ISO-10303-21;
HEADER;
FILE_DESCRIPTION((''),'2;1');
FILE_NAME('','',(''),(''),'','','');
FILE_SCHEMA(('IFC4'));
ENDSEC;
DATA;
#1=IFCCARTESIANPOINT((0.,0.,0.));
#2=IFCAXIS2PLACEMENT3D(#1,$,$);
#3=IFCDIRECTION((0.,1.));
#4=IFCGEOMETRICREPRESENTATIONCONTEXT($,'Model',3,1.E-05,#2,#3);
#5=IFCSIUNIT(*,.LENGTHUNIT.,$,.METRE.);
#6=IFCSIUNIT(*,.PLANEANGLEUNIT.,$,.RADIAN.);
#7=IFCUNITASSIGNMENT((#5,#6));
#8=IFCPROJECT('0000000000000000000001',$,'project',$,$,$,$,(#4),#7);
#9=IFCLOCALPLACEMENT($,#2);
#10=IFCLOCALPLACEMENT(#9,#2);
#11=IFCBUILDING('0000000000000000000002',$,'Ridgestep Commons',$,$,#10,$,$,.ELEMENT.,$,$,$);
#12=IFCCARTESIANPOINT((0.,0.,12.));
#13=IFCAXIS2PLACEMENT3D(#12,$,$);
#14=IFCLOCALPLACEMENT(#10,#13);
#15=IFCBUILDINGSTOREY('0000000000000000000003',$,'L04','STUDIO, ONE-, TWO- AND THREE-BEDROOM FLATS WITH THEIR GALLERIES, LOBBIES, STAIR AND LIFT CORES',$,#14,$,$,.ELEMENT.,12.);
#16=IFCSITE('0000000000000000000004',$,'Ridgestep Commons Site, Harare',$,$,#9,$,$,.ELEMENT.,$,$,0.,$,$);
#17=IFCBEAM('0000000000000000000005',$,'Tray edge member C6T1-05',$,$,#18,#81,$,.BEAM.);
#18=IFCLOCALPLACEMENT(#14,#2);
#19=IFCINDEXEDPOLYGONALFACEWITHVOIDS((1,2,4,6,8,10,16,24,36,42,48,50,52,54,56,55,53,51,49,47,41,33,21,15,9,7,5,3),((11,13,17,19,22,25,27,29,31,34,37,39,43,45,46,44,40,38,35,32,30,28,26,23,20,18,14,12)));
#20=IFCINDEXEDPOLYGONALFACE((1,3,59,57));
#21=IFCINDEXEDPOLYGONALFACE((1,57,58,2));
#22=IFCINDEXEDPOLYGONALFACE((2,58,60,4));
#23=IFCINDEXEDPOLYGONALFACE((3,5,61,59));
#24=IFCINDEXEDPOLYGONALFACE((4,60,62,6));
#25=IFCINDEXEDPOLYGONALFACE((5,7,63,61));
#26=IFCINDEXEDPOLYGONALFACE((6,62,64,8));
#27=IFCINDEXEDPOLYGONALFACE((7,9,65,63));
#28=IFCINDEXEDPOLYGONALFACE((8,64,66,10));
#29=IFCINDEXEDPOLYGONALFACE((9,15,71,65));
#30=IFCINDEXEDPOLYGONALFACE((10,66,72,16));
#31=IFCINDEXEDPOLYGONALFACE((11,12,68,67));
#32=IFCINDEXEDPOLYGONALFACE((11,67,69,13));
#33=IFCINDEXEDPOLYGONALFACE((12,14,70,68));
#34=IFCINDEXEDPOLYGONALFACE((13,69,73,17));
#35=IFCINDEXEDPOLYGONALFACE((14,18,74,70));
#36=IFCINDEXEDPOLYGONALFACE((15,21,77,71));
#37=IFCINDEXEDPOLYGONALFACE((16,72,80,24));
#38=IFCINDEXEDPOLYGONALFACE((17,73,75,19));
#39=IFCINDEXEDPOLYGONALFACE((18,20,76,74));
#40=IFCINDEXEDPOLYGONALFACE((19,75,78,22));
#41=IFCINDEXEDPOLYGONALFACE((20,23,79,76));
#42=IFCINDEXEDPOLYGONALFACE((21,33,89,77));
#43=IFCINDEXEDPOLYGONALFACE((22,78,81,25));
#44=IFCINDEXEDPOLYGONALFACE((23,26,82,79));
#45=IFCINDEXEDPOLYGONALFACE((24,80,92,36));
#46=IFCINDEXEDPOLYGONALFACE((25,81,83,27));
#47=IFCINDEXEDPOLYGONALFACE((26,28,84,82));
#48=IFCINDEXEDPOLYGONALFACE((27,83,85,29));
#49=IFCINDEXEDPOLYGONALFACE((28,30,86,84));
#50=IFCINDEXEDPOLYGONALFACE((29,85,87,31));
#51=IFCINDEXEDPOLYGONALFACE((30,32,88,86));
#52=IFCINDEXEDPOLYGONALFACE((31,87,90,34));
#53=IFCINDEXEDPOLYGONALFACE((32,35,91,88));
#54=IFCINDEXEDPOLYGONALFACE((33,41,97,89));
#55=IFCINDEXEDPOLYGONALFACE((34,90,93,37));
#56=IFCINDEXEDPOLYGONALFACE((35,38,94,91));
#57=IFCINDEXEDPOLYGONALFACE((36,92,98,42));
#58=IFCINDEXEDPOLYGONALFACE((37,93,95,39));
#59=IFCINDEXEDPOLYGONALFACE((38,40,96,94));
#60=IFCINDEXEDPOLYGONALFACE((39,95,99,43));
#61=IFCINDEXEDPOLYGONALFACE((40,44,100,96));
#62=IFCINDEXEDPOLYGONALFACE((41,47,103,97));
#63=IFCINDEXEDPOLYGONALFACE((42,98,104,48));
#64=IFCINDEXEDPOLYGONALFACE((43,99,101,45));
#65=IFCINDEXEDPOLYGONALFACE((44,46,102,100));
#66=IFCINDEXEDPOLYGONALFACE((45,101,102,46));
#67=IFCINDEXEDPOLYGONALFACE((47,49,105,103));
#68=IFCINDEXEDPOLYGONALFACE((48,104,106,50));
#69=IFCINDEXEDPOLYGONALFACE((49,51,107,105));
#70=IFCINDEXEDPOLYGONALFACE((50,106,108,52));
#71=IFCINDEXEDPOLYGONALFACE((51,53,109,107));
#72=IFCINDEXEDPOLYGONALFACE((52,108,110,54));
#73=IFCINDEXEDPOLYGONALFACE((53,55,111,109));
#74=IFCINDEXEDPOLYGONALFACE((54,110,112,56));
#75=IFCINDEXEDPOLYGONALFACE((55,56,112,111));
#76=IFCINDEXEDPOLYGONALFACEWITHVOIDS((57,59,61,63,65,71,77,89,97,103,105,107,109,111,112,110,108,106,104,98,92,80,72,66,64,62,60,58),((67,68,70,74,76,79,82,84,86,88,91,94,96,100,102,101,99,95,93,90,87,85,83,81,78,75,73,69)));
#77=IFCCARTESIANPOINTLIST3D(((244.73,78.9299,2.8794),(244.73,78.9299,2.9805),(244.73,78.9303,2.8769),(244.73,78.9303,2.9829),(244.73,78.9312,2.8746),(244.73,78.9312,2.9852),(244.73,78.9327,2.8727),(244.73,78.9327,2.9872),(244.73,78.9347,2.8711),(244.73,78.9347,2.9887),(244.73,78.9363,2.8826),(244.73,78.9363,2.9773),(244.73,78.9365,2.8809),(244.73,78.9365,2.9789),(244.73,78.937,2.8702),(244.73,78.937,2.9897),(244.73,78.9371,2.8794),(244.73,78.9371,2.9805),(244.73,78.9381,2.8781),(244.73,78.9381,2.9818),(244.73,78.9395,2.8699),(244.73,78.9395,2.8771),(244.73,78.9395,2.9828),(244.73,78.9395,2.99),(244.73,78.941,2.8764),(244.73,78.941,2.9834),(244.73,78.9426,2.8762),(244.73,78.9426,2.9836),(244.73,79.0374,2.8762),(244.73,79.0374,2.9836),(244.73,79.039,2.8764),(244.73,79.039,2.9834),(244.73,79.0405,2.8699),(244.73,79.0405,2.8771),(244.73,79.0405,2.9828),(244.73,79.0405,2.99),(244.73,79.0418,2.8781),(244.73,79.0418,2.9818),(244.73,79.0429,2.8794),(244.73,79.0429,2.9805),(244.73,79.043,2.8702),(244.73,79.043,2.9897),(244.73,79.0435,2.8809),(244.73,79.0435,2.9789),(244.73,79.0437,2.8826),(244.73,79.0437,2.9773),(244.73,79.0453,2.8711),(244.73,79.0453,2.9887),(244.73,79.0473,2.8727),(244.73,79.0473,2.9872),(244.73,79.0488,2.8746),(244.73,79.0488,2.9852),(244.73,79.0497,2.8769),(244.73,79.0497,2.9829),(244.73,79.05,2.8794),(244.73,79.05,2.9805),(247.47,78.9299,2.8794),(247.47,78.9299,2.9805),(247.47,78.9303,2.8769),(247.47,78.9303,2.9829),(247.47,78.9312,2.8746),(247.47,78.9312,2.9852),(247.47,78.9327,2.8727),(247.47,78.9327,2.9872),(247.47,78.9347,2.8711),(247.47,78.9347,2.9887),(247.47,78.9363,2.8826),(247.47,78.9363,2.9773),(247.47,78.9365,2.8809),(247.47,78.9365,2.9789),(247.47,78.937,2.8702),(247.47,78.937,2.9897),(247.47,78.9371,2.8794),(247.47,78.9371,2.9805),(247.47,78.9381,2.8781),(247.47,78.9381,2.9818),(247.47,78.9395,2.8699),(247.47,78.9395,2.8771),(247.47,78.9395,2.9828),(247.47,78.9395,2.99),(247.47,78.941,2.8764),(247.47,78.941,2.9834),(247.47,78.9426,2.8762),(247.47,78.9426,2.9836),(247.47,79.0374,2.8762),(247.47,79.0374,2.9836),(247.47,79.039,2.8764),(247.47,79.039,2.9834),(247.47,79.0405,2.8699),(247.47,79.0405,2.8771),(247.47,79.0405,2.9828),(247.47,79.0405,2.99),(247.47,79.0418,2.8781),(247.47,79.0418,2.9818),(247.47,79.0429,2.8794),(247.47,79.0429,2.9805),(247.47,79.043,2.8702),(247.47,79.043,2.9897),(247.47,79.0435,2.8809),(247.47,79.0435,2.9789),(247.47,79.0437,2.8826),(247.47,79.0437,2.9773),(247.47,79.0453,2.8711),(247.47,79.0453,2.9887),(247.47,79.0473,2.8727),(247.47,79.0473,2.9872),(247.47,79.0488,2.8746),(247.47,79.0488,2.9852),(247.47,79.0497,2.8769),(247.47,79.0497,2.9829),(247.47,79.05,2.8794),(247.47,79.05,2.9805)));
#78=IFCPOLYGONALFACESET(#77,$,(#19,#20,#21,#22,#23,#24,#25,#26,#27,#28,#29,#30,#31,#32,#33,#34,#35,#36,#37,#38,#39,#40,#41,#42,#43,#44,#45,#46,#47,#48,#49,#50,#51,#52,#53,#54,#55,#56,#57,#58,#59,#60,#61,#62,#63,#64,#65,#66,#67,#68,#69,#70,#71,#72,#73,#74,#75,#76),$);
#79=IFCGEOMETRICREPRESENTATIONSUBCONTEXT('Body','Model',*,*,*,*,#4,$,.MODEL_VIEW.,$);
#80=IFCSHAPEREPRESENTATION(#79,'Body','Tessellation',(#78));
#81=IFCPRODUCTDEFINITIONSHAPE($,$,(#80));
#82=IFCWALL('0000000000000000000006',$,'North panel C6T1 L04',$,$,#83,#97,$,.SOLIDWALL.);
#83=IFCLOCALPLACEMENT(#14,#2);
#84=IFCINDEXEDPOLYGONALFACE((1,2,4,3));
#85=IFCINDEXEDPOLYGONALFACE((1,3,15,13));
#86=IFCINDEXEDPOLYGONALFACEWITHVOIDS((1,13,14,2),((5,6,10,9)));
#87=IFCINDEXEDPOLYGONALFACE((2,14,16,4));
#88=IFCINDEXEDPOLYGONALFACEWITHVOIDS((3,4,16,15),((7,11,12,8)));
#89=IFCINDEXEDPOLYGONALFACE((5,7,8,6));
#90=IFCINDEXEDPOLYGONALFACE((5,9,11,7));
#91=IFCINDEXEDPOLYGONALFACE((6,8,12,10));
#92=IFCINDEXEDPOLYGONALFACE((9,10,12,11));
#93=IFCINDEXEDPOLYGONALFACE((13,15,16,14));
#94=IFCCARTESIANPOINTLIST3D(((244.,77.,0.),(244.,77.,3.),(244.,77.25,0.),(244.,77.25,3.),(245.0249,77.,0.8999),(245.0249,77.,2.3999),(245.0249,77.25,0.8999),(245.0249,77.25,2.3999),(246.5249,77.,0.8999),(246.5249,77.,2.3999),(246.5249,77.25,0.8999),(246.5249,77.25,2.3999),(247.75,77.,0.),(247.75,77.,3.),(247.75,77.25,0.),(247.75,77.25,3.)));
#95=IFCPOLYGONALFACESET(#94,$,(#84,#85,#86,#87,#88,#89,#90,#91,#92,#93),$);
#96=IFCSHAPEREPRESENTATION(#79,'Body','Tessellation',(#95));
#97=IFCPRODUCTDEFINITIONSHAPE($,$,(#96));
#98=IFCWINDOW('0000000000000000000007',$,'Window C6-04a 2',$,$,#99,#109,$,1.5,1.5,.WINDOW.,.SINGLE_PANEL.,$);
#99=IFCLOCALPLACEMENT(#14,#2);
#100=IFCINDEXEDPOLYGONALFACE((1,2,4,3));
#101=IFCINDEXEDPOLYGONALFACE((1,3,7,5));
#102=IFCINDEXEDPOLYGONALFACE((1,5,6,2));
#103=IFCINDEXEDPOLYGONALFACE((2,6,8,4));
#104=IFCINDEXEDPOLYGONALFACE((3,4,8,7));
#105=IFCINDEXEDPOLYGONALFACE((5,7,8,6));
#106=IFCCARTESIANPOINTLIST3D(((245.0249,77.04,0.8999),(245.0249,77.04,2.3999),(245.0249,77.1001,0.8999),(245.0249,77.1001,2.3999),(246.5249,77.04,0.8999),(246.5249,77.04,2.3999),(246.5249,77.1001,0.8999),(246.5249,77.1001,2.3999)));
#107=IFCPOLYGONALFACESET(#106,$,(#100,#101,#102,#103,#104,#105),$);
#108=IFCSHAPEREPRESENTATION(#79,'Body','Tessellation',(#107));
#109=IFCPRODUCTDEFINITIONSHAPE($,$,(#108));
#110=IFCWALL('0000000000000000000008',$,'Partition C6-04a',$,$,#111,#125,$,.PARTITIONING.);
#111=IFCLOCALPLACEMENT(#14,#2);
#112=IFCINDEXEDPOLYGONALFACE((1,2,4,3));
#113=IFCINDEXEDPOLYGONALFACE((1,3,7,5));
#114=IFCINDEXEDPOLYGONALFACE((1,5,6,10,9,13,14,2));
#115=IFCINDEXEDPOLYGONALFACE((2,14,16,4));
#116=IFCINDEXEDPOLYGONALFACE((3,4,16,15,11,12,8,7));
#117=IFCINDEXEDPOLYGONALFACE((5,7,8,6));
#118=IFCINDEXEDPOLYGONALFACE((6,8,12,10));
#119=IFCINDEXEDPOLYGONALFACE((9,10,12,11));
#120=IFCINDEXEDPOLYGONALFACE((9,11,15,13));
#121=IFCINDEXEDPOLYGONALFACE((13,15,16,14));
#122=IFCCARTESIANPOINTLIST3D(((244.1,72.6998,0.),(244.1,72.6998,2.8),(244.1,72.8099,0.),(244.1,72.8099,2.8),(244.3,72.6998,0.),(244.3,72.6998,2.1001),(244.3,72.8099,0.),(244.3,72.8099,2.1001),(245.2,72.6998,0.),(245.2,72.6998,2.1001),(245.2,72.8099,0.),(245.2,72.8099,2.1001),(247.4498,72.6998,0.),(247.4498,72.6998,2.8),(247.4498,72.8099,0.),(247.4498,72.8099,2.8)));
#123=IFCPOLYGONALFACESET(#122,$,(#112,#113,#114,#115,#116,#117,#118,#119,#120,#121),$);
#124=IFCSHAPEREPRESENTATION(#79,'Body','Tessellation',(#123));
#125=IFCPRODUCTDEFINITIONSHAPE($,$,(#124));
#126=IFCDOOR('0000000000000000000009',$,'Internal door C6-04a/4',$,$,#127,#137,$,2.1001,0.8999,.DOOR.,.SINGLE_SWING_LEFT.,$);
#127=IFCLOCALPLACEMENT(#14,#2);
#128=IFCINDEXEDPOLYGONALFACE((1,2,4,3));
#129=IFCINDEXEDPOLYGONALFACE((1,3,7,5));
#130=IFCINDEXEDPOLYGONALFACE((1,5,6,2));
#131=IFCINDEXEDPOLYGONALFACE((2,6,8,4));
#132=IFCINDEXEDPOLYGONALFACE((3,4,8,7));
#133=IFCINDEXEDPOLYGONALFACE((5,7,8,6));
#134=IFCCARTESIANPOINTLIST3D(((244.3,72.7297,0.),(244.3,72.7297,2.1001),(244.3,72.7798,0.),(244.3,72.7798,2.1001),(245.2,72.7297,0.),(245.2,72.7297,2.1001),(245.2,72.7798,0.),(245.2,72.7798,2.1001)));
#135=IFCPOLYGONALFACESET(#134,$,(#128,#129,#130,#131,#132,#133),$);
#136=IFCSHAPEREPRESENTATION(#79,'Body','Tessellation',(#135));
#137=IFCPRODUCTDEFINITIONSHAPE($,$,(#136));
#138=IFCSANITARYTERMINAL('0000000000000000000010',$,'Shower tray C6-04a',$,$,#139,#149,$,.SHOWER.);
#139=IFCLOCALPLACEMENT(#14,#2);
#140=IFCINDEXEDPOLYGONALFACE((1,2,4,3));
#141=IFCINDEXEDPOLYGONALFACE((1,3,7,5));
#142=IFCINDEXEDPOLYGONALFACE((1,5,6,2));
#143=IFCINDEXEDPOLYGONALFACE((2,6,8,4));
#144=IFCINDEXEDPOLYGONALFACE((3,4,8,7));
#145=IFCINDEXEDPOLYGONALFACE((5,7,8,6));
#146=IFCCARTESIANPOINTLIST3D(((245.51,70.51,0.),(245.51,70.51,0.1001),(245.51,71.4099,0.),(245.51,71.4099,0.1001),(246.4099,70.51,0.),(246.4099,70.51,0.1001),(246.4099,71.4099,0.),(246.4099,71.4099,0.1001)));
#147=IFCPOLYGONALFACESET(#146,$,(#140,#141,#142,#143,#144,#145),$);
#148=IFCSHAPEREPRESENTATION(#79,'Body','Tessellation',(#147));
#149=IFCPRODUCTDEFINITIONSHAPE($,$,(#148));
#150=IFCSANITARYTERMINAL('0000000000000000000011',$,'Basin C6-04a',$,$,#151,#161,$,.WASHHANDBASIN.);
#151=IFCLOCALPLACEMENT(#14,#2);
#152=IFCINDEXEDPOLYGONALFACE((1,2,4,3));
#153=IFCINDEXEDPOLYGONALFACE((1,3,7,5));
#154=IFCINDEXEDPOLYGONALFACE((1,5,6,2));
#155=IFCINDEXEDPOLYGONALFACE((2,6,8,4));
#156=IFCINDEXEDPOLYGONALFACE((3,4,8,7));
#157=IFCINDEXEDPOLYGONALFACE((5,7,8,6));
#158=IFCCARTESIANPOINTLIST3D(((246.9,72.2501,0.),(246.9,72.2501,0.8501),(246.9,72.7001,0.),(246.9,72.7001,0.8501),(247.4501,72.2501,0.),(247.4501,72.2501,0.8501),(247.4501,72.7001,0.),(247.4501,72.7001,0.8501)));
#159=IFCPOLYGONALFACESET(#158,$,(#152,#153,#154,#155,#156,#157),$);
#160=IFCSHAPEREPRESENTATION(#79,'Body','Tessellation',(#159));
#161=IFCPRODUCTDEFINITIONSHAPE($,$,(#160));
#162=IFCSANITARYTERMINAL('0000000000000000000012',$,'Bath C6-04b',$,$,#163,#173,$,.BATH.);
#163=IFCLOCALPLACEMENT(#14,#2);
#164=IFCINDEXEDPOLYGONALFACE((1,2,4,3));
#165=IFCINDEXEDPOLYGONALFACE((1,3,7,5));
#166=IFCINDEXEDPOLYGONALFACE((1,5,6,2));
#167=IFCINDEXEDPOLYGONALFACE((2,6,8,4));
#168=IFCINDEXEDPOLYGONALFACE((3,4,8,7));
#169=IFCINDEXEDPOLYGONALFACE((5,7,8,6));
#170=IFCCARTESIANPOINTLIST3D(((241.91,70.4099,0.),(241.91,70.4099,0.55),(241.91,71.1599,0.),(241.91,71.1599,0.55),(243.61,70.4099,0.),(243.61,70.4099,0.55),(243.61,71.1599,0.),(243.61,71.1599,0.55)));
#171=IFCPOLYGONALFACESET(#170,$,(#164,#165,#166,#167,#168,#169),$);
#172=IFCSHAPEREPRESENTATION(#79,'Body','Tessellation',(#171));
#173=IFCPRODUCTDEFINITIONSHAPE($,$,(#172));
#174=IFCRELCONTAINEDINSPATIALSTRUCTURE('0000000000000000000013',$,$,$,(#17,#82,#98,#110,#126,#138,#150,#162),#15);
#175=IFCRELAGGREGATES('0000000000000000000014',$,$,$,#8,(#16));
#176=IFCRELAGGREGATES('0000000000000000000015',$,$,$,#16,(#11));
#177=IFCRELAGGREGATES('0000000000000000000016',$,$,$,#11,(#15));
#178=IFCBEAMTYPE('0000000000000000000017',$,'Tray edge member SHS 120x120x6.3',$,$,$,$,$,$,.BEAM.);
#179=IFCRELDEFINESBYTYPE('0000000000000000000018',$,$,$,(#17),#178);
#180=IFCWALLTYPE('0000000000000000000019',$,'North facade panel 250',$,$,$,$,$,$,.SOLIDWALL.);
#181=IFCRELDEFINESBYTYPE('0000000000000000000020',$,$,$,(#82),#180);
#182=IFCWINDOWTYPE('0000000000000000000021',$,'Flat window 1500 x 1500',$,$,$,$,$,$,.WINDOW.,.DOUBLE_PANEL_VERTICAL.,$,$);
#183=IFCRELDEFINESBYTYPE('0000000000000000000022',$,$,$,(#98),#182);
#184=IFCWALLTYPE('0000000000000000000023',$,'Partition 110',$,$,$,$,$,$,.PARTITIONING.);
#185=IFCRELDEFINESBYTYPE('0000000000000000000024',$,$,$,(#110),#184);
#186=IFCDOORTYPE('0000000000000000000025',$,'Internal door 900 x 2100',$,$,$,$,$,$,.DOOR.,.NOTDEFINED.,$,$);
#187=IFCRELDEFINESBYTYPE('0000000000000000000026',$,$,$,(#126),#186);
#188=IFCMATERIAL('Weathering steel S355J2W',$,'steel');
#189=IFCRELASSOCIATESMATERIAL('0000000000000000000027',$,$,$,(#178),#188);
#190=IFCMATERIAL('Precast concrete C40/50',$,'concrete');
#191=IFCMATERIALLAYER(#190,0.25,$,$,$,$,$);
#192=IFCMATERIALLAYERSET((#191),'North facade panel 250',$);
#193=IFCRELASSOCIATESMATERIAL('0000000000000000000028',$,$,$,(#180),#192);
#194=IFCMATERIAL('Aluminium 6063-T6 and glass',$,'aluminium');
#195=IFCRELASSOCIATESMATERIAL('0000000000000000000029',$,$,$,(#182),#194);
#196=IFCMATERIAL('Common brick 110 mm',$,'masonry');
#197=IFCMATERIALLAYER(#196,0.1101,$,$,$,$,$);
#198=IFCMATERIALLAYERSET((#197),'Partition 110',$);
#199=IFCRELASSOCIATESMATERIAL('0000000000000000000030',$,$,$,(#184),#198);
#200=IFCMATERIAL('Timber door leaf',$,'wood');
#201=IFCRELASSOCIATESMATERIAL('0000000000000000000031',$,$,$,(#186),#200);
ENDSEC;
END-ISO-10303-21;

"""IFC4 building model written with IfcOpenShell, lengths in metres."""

from ifc_helpers import new_model, si_unit, direction, frame, frame_2d, origin, origin_2d, place, context, subcontext, project, spatial, rectangle, hollow_rectangle, extrude, material, layer, layer_set, material_profile, profile_set, type_object, element, fill, save


model = new_model("IFC4")

# Units and contexts
model_context = context("Model", 3, precision=1e-05, world=origin(), true_north=direction((0.0, 1.0)))
body_context = subcontext(model_context, "Body", "Model", "MODEL_VIEW")
ifc_project = project(units=[si_unit("LENGTHUNIT", "METRE"), si_unit("PLANEANGLEUNIT", "RADIAN")], contexts=[model_context])

# Site, building, storey
site_placement = place(None, origin())
site = spatial("IfcSite", under=ifc_project, at=site_placement, Name="Ridgestep Commons Site, Harare", CompositionType="ELEMENT", RefElevation=0.0)
building_placement = place(site_placement, origin())
building = spatial("IfcBuilding", under=site, at=building_placement, Name="Ridgestep Commons", CompositionType="ELEMENT")
storey_placement = place(building_placement, frame((0.0, 0.0, 12.0)))
storey = spatial("IfcBuildingStorey", under=building, at=storey_placement, Name="L04", Description="STUDIO, ONE-, TWO- AND THREE-BEDROOM FLATS WITH THEIR GALLERIES, LOBBIES, STAIR AND LIFT CORES", CompositionType="ELEMENT", Elevation=12.0)

# Beam
ifc_material_1 = material(Name="Weathering steel S355J2W", Category="steel")
ifc_material_profile_1 = material_profile(ifc_material_1, hollow_rectangle(XDim=0.1201, YDim=0.1201, WallThickness=0.0063, InnerFilletRadius=0.0063, OuterFilletRadius=0.0095, at=origin_2d()), Name="SHS 120x120x6.3")
ifc_profile_set_1 = profile_set([ifc_material_profile_1], Name="Weathering steel S355J2W")
beam_type_1 = type_object("IfcBeamType", Name="Tray edge member SHS 120x120x6.3", PredefinedType="BEAM", material=ifc_profile_set_1)
beam_placement = place(storey_placement, frame((244.73, 78.99, 2.9299), z_axis=(1.0, 0.0, 0.0), x_axis=(0.0, 0.0, 1.0)))
element("IfcBeam", 1, at=beam_placement, inside=storey, type_object=beam_type_1, Name="Tray edge member C6T1-05", PredefinedType="BEAM", context=body_context, shape_type="SweptSolid", body=[
    extrude(hollow_rectangle(XDim=0.1201, YDim=0.1201, WallThickness=0.0063, InnerFilletRadius=0.0063, OuterFilletRadius=0.0095, at=origin_2d()), origin(), (0.0, 0.0, 1.0), 2.74),
])

# Wall, opening, window
ifc_material_2 = material(Name="Precast concrete C40/50", Category="concrete")
ifc_layer_1 = layer(ifc_material_2, 0.25)
ifc_layer_set_1 = layer_set([ifc_layer_1], Name="North facade panel 250")
wall_type_1 = type_object("IfcWallType", Name="North facade panel 250", PredefinedType="SOLIDWALL", material=ifc_layer_set_1)
wall_1_placement = place(storey_placement, frame((244.0, 77.125, 0.0), z_axis=(0.0, 0.0, 1.0), x_axis=(1.0, 0.0, 0.0)))
wall_1 = element("IfcWall", 2, at=wall_1_placement, inside=storey, type_object=wall_type_1, Name="North panel C6T1 L04", PredefinedType="SOLIDWALL", context=body_context, shape_type="SweptSolid", body=[
    extrude(rectangle(XDim=3.75, YDim=0.25, at=frame_2d((1.875, 0.0))), origin(), (0.0, 0.0, 1.0), 3.0),
])
opening_1_placement = place(wall_1_placement, frame((1.0249, 0.0, 0.8999)))
opening_1 = element("IfcOpeningElement", 3, at=opening_1_placement, cuts=wall_1, PredefinedType="OPENING", context=body_context, shape_type="SweptSolid", body=[
    extrude(rectangle(XDim=1.5, YDim=1.5, at=frame_2d((0.75, 0.75))), frame((0.0, 0.135, 0.0), z_axis=(0.0, -1.0, 0.0), x_axis=(1.0, 0.0, 0.0)), (0.0, 0.0, 1.0), 0.27),
])
ifc_material_3 = material(Name="Aluminium 6063-T6 and glass", Category="aluminium")
window_type = type_object("IfcWindowType", Name="Flat window 1500 x 1500", PartitioningType="DOUBLE_PANEL_VERTICAL", PredefinedType="WINDOW", material=ifc_material_3)
window_placement = place(opening_1_placement, origin())
window = element("IfcWindow", 4, at=window_placement, inside=storey, type_object=window_type, Name="Window C6-04a 2", OverallHeight=1.5, OverallWidth=1.5, PartitioningType="SINGLE_PANEL", PredefinedType="WINDOW", context=body_context, shape_type="SweptSolid", body=[
    extrude(rectangle(XDim=1.5, YDim=1.5, at=frame_2d((0.75, 0.75))), frame((0.0, -0.0249, 0.0), z_axis=(0.0, -1.0, 0.0), x_axis=(1.0, 0.0, 0.0)), (0.0, 0.0, 1.0), 0.0601),
])
fill(opening_1, window)

# Wall, opening, door
ifc_material_4 = material(Name="Common brick 110 mm", Category="masonry")
ifc_layer_2 = layer(ifc_material_4, 0.1101)
ifc_layer_set_2 = layer_set([ifc_layer_2], Name="Partition 110")
wall_type_2 = type_object("IfcWallType", Name="Partition 110", PredefinedType="PARTITIONING", material=ifc_layer_set_2)
wall_2_placement = place(storey_placement, frame((244.1001, 72.7549, 0.0), z_axis=(0.0, 0.0, 1.0), x_axis=(1.0, 0.0, 0.0)))
wall_2 = element("IfcWall", 5, at=wall_2_placement, inside=storey, type_object=wall_type_2, Name="Partition C6-04a", PredefinedType="PARTITIONING", context=body_context, shape_type="SweptSolid", body=[
    extrude(rectangle(XDim=3.3499, YDim=0.1101, at=frame_2d((1.6748, 0.0))), origin(), (0.0, 0.0, 1.0), 2.8),
])
opening_2_placement = place(wall_2_placement, frame((0.2, 0.0, 0.0)))
opening_2 = element("IfcOpeningElement", 6, at=opening_2_placement, cuts=wall_2, PredefinedType="OPENING", context=body_context, shape_type="SweptSolid", body=[
    extrude(rectangle(XDim=0.8999, YDim=2.1001, at=frame_2d((0.45, 1.05))), frame((0.0, 0.0649, 0.0), z_axis=(0.0, -1.0, 0.0), x_axis=(1.0, 0.0, 0.0)), (0.0, 0.0, 1.0), 0.1301),
])
ifc_material_5 = material(Name="Timber door leaf", Category="wood")
door_type = type_object("IfcDoorType", Name="Internal door 900 x 2100", OperationType="NOTDEFINED", PredefinedType="DOOR", material=ifc_material_5)
door_placement = place(opening_2_placement, origin())
door = element("IfcDoor", 7, at=door_placement, inside=storey, type_object=door_type, Name="Internal door C6-04a/4", OperationType="SINGLE_SWING_LEFT", OverallHeight=2.1001, OverallWidth=0.8999, PredefinedType="DOOR", context=body_context, shape_type="SweptSolid", body=[
    extrude(rectangle(XDim=0.8999, YDim=2.1001, at=frame_2d((0.45, 1.05))), frame((0.0, 0.0249, 0.0), z_axis=(0.0, -1.0, 0.0), x_axis=(1.0, 0.0, 0.0)), (0.0, 0.0, 1.0), 0.05),
])
fill(opening_2, door)

# Sanitary terminals
sanitary_terminal_1_placement = place(storey_placement, frame((245.96, 70.96, 0.0), z_axis=(0.0, 0.0, 1.0), x_axis=(1.0, 0.0, 0.0)))
element("IfcSanitaryTerminal", 8, at=sanitary_terminal_1_placement, inside=storey, Name="Shower tray C6-04a", PredefinedType="SHOWER", context=body_context, shape_type="SweptSolid", body=[
    extrude(rectangle(XDim=0.8999, YDim=0.8999, at=origin_2d()), origin(), (0.0, 0.0, 1.0), 0.1001),
])
sanitary_terminal_2_placement = place(storey_placement, frame((247.175, 72.4751, 0.0), z_axis=(0.0, 0.0, 1.0), x_axis=(1.0, 0.0, 0.0)))
element("IfcSanitaryTerminal", 9, at=sanitary_terminal_2_placement, inside=storey, Name="Basin C6-04a", PredefinedType="WASHHANDBASIN", context=body_context, shape_type="SweptSolid", body=[
    extrude(rectangle(XDim=0.55, YDim=0.45, at=origin_2d()), origin(), (0.0, 0.0, 1.0), 0.8501),
])
sanitary_terminal_3_placement = place(storey_placement, frame((242.76, 70.7849, 0.0), z_axis=(0.0, 0.0, 1.0), x_axis=(1.0, 0.0, 0.0)))
element("IfcSanitaryTerminal", 10, at=sanitary_terminal_3_placement, inside=storey, Name="Bath C6-04b", PredefinedType="BATH", context=body_context, shape_type="SweptSolid", body=[
    extrude(rectangle(XDim=1.7, YDim=0.75, at=origin_2d()), origin(), (0.0, 0.0, 1.0), 0.55),
])

save(model, "model.ifc")
